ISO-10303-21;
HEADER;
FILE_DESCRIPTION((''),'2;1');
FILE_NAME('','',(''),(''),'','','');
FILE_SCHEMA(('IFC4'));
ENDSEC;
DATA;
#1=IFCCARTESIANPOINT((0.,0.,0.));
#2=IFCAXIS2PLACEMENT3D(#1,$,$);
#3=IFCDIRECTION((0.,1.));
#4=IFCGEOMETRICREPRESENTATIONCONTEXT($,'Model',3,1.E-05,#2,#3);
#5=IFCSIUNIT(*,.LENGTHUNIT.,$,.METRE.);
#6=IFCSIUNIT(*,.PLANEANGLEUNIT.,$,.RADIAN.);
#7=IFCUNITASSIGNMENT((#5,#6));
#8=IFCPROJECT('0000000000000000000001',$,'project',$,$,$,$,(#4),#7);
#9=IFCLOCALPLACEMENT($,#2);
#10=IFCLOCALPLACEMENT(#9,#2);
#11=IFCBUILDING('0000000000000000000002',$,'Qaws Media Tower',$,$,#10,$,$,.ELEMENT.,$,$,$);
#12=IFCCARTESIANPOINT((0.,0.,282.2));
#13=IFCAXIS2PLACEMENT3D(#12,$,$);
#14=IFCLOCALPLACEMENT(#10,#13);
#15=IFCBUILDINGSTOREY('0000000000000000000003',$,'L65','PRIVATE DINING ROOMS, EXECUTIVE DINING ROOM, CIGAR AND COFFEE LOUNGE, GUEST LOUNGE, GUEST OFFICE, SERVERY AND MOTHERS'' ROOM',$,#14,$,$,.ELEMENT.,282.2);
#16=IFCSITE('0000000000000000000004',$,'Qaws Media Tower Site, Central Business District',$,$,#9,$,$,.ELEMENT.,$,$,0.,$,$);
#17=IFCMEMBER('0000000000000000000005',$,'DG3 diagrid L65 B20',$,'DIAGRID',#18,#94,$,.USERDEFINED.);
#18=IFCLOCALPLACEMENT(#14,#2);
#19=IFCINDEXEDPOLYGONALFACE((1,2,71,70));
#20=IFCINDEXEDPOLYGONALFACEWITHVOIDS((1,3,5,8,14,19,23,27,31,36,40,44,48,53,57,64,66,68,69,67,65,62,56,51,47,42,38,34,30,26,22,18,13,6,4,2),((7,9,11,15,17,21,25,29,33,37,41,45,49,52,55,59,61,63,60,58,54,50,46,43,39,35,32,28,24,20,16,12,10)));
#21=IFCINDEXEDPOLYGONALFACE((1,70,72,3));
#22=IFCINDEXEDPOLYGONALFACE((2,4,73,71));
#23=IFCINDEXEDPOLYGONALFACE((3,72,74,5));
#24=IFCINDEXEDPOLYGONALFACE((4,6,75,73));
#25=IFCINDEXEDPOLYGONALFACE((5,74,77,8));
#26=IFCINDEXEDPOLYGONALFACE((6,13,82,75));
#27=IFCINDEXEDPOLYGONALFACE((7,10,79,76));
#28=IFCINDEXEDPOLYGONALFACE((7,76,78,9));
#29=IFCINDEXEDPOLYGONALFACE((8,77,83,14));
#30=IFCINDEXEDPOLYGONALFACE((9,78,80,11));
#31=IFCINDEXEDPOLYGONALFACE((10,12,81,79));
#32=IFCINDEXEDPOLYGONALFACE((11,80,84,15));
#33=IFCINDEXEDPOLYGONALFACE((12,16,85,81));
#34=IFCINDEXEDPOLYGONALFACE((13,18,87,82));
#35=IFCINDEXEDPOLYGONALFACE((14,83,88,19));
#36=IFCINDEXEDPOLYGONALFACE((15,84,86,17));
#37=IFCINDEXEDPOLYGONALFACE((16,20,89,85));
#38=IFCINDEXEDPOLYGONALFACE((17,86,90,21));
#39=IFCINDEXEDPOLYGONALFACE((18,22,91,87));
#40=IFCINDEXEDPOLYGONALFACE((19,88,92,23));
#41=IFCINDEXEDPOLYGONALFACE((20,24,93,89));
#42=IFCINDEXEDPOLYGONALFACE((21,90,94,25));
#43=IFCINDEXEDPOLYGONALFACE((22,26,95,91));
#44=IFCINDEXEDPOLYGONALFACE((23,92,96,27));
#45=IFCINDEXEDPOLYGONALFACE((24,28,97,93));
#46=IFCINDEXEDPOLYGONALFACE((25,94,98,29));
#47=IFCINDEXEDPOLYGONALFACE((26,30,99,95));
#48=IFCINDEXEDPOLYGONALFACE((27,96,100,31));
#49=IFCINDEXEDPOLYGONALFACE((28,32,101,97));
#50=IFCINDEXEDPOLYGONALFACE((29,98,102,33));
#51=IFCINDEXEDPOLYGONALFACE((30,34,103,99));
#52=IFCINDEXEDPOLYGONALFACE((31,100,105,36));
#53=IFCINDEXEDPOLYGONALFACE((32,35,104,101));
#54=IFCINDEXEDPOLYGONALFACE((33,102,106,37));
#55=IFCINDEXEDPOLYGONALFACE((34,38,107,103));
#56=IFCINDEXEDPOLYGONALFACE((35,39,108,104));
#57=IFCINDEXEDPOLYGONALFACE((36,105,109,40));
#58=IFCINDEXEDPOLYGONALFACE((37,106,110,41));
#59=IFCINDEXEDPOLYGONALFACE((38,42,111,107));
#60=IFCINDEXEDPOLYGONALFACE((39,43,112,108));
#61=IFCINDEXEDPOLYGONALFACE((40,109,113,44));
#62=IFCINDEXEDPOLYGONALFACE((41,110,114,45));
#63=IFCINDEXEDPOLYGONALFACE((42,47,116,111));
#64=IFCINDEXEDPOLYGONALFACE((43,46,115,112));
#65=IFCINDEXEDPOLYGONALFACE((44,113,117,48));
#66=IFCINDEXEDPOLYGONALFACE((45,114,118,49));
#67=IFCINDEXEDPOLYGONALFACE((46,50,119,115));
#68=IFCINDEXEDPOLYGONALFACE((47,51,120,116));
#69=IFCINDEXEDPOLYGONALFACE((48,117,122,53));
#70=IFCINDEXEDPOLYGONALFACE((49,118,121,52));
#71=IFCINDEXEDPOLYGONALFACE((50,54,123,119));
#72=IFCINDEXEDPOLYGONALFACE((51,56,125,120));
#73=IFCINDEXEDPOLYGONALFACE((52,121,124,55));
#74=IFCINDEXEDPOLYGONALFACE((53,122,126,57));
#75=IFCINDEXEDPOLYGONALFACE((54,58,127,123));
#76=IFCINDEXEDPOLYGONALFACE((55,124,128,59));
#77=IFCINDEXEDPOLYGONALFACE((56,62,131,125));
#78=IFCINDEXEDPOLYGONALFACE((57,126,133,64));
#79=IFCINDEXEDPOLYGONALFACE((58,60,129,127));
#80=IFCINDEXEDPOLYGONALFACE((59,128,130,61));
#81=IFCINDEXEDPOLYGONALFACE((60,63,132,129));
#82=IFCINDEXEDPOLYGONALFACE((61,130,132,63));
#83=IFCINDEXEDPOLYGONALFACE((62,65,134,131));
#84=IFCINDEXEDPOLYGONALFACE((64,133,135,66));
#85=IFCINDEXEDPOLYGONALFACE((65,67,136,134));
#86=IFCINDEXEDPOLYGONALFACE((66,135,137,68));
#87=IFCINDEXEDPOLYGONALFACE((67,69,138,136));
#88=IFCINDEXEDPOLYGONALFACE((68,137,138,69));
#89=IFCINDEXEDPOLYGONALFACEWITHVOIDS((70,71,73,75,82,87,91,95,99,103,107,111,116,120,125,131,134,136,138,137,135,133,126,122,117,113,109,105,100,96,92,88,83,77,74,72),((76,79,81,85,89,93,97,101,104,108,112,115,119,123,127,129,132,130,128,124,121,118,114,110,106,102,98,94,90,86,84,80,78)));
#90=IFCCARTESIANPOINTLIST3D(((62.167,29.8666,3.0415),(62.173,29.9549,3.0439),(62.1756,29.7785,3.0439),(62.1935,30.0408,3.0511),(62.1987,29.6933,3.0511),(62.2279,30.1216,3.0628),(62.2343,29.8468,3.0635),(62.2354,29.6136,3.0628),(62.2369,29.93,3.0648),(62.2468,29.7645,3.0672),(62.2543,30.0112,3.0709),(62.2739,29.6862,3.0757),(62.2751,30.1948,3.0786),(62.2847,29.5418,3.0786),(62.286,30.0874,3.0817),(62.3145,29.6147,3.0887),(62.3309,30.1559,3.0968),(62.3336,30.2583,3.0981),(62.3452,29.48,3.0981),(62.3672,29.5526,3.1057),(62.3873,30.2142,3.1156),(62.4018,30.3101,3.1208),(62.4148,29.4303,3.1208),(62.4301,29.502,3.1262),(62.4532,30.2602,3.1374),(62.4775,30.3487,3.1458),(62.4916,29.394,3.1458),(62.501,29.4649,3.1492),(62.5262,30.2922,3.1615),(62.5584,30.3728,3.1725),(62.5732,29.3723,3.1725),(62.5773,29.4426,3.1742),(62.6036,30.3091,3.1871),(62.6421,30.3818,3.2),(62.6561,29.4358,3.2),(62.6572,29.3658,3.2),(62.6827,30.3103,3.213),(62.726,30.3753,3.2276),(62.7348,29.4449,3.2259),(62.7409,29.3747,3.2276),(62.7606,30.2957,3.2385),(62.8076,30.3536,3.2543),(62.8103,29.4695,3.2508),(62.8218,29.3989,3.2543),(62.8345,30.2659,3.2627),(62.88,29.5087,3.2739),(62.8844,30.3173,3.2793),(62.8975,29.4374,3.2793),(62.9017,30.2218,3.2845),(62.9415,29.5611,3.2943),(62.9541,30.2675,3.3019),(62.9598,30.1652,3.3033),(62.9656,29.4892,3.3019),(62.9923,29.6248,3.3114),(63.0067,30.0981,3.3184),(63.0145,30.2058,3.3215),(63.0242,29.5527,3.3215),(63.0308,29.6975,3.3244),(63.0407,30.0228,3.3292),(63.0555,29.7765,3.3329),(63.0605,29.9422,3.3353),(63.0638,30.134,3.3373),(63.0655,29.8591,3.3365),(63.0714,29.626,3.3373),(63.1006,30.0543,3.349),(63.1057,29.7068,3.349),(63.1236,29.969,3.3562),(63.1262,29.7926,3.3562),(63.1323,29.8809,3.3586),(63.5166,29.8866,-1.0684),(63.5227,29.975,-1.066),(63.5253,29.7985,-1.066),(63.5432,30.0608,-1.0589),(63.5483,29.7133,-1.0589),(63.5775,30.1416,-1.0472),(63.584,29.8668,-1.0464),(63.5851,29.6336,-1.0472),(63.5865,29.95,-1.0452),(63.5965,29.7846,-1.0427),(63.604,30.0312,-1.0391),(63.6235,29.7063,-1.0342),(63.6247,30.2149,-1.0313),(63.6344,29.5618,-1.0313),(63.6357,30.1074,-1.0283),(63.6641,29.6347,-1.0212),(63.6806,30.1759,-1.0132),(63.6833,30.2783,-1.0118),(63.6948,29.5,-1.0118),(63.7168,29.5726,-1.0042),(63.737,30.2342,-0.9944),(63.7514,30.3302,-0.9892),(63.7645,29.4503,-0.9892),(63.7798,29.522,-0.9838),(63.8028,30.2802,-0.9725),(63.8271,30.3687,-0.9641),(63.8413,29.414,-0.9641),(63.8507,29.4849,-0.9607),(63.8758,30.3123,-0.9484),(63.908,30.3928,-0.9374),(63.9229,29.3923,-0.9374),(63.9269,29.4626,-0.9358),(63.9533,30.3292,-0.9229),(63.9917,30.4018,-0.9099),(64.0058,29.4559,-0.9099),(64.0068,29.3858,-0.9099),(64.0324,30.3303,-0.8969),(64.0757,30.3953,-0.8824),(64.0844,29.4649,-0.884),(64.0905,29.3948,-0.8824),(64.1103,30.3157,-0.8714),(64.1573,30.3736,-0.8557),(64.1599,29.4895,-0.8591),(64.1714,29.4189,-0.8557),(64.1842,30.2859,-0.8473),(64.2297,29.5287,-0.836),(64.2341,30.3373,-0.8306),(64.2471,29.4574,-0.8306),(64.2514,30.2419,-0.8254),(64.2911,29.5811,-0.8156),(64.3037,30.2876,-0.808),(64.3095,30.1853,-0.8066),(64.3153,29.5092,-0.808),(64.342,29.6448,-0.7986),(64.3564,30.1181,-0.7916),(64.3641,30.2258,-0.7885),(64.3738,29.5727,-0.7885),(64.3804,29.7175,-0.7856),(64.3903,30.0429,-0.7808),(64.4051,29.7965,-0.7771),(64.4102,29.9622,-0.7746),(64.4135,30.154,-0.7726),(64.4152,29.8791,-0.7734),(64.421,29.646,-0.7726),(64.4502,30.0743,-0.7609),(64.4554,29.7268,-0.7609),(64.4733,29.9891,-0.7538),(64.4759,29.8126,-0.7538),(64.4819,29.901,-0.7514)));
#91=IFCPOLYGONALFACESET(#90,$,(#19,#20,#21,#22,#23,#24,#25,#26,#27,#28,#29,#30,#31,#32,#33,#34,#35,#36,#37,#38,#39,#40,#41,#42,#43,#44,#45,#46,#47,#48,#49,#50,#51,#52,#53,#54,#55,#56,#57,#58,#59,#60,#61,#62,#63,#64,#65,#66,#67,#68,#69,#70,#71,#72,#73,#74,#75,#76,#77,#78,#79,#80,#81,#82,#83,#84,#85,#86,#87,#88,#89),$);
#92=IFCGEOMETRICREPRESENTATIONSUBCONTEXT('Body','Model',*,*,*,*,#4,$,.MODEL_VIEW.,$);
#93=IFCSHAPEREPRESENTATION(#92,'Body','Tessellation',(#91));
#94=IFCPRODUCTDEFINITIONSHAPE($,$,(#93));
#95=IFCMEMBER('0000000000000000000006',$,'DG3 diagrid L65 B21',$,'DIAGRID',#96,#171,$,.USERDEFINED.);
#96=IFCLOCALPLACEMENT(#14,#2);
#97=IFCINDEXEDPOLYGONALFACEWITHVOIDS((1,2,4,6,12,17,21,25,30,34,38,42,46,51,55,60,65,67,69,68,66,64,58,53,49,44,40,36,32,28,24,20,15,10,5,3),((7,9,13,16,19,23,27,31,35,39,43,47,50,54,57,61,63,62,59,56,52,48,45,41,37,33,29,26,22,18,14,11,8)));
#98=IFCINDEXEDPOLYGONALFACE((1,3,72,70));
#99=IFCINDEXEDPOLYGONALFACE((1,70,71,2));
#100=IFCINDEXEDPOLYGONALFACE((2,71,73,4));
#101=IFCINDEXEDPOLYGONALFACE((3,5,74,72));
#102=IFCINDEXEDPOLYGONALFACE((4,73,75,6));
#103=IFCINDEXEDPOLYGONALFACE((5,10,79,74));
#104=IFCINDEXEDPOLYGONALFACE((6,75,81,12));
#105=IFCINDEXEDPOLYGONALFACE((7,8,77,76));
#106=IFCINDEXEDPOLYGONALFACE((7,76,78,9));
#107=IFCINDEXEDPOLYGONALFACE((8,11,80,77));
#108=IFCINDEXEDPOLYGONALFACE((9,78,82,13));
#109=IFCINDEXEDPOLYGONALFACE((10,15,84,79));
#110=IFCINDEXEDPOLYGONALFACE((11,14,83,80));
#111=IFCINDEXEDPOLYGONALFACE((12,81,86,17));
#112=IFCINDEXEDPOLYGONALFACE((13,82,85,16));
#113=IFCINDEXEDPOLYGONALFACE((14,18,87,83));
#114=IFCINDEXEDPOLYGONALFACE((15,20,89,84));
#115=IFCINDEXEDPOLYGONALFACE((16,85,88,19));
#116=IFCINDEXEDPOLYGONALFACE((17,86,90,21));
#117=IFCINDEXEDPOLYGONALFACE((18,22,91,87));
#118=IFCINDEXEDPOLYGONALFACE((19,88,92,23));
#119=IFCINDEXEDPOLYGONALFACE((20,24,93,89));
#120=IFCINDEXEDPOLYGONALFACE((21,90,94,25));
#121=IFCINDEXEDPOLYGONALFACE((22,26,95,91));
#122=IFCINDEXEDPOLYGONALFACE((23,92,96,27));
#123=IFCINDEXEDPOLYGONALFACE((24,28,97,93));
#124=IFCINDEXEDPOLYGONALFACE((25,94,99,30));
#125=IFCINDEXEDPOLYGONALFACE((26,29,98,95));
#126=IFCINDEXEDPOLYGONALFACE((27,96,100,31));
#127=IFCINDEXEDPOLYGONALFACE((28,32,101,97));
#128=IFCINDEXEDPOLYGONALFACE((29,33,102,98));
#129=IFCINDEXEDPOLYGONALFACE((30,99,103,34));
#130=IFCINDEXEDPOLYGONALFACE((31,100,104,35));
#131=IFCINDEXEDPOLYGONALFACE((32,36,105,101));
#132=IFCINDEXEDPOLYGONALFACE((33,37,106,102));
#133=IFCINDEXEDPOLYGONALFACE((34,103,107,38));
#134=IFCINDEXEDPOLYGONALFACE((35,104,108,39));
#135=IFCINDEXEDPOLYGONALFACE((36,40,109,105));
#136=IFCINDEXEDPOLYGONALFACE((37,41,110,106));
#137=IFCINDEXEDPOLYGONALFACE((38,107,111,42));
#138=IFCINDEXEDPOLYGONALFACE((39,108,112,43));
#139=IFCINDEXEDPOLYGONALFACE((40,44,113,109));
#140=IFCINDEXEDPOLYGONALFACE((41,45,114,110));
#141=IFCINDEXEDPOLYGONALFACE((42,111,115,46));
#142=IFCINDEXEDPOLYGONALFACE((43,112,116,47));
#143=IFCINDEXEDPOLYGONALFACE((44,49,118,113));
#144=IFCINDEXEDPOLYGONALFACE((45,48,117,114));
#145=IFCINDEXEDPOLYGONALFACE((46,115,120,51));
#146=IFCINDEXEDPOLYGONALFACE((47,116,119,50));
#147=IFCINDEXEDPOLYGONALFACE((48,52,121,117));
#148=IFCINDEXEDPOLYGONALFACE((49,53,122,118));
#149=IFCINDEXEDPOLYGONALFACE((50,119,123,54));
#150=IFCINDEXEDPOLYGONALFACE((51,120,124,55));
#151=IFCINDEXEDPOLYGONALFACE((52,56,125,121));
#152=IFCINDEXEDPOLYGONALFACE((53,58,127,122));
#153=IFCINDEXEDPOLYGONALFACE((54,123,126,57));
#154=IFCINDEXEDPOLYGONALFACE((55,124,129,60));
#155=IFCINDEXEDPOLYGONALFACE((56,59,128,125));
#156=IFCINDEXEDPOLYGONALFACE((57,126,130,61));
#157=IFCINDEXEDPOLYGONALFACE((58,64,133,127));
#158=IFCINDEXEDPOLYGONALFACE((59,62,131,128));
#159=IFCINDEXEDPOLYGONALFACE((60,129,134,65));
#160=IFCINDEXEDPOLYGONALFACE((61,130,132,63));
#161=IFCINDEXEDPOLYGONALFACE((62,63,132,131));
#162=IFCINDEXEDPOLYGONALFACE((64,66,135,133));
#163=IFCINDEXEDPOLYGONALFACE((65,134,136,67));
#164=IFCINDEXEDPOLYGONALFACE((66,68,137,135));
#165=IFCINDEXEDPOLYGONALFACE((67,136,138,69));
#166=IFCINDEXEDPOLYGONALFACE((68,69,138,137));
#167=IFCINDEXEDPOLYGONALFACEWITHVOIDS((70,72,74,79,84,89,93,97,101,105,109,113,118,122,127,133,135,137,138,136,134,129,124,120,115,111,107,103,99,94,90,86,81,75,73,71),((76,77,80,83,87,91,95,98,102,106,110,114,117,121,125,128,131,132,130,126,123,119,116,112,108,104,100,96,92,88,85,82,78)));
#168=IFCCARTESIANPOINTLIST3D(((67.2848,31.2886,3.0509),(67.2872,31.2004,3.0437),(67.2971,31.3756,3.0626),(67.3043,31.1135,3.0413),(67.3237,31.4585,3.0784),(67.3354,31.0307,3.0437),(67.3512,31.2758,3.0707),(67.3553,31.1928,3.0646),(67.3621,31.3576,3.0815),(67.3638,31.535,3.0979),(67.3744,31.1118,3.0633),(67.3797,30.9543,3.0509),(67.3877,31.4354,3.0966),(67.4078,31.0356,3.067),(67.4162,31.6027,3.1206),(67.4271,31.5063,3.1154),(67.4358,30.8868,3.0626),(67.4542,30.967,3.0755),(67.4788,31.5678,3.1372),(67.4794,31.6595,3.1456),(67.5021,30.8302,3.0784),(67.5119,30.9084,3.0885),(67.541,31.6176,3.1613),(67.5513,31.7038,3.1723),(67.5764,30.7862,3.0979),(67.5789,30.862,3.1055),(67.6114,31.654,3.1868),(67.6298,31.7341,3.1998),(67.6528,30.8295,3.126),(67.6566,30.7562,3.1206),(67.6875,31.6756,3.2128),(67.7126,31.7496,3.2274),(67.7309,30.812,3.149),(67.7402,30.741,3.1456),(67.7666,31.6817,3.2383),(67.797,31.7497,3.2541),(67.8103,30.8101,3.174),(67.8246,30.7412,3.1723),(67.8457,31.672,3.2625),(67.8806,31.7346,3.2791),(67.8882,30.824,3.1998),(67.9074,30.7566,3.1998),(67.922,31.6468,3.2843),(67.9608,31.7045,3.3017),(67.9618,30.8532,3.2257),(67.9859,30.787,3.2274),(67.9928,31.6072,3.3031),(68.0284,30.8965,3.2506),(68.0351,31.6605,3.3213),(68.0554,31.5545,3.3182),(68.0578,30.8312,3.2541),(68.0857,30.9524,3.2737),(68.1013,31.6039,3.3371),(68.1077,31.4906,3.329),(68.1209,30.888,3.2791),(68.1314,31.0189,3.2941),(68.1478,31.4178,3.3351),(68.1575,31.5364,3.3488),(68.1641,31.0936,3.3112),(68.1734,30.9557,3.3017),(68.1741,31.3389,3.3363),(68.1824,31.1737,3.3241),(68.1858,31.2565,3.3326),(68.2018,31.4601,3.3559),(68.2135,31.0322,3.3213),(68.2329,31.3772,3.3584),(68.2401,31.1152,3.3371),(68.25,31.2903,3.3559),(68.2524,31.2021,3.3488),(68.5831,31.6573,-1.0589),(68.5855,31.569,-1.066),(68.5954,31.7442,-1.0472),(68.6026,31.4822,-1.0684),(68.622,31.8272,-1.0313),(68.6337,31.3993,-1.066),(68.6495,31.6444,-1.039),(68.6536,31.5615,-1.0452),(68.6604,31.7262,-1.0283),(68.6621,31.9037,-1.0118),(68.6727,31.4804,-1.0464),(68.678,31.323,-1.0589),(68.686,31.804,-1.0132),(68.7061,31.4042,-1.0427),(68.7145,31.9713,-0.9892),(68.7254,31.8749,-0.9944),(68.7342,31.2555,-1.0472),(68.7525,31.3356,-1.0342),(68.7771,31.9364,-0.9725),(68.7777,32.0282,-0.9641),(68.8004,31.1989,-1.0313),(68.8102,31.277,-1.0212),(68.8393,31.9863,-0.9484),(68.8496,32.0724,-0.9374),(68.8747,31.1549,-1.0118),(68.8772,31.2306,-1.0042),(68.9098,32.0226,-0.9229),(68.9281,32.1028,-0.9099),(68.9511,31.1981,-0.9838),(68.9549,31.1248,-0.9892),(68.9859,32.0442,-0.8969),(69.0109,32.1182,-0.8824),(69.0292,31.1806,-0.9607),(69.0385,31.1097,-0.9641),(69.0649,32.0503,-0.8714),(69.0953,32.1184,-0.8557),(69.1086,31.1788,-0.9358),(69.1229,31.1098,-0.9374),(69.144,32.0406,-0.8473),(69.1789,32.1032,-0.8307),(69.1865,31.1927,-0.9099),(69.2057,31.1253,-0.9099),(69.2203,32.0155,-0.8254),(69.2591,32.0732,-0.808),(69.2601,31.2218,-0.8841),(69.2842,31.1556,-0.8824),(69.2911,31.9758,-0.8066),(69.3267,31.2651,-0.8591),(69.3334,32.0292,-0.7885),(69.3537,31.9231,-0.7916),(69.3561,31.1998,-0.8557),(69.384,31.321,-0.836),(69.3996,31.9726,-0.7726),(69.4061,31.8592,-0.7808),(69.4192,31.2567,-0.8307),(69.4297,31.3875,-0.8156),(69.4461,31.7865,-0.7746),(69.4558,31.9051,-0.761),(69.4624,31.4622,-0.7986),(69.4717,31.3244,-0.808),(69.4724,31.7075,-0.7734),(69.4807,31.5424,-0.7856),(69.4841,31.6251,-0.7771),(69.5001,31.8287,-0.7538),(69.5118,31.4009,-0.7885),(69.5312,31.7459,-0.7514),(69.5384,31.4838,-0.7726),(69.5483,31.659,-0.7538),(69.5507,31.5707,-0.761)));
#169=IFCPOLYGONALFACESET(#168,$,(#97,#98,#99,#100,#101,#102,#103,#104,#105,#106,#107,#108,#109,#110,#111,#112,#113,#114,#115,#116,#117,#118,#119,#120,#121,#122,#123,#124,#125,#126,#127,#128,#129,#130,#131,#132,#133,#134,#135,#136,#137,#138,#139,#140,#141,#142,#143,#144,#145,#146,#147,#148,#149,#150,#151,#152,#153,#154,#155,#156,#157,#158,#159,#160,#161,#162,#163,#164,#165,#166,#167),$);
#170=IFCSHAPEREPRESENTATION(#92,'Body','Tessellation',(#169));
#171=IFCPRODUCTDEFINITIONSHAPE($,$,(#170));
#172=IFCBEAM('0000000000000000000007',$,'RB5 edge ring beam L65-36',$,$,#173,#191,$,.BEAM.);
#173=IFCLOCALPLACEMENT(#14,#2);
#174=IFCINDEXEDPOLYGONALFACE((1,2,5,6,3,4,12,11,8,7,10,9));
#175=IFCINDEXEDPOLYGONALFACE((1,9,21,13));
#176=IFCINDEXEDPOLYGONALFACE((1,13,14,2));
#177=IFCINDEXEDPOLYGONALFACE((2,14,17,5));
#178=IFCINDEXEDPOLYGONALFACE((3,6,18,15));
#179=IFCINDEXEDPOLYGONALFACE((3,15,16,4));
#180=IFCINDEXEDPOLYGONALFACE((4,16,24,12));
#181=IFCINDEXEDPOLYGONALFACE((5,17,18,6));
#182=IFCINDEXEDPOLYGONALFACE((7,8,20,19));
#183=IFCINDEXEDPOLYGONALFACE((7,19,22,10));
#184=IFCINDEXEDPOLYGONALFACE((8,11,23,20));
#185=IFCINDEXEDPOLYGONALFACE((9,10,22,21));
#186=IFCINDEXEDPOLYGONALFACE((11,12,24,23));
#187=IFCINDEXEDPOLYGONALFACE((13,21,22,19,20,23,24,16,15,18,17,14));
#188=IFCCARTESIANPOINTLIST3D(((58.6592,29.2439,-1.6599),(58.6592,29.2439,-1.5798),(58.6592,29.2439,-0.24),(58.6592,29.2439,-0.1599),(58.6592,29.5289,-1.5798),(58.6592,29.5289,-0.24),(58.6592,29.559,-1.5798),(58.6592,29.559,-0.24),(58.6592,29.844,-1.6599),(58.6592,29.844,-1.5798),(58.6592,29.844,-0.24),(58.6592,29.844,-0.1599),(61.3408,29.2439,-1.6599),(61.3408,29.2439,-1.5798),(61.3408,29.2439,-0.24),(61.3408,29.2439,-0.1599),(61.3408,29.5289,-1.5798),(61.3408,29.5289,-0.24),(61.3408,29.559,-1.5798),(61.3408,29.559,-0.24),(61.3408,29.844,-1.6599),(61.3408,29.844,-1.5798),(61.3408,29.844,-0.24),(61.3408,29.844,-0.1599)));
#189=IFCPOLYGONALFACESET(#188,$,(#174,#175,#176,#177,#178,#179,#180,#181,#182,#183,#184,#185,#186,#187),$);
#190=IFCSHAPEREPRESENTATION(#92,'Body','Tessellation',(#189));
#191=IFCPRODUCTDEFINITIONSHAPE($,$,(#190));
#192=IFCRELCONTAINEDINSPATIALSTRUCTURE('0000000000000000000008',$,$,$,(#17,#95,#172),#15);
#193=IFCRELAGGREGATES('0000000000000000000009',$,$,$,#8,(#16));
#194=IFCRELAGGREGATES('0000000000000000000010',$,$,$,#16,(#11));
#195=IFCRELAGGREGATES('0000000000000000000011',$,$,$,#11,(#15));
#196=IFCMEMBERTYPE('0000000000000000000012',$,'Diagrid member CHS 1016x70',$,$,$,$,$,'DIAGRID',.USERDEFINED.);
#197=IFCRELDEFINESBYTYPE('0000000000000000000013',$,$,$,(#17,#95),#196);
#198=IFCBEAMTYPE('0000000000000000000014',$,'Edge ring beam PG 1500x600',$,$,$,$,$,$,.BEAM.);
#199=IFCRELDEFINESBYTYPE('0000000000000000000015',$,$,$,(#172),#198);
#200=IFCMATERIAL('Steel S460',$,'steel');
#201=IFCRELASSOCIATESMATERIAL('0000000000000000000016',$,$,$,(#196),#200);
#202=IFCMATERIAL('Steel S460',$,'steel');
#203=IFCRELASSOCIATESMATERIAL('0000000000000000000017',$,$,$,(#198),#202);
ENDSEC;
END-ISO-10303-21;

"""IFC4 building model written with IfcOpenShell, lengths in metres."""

from ifc_helpers import new_model, si_unit, direction, frame, origin, origin_2d, place, context, subcontext, project, spatial, hollow_circle, i_section, extrude, material, material_profile, profile_set, type_object, element, save


model = new_model("IFC4")

# Units and contexts
model_context = context("Model", 3, precision=1e-05, world=origin(), true_north=direction((0.0, 1.0)))
body_context = subcontext(model_context, "Body", "Model", "MODEL_VIEW")
ifc_project = project(units=[si_unit("LENGTHUNIT", "METRE"), si_unit("PLANEANGLEUNIT", "RADIAN")], contexts=[model_context])

# Site, building, storey
site_placement = place(None, origin())
site = spatial("IfcSite", under=ifc_project, at=site_placement, Name="Qaws Media Tower Site, Central Business District", CompositionType="ELEMENT", RefElevation=0.0)
building_placement = place(site_placement, origin())
building = spatial("IfcBuilding", under=site, at=building_placement, Name="Qaws Media Tower", CompositionType="ELEMENT")
storey_placement = place(building_placement, frame((0.0, 0.0, 282.2)))
storey = spatial("IfcBuildingStorey", under=building, at=storey_placement, Name="L65", Description="PRIVATE DINING ROOMS, EXECUTIVE DINING ROOM, CIGAR AND COFFEE LOUNGE, GUEST LOUNGE, GUEST OFFICE, SERVERY AND MOTHERS' ROOM", CompositionType="ELEMENT", Elevation=282.2)

# Members
ifc_material_1 = material(Name="Steel S460", Category="steel")
ifc_material_profile_1 = material_profile(ifc_material_1, hollow_circle(Radius=0.5081, WallThickness=0.0701, at=origin_2d()), Name="CHS 1016x70")
ifc_profile_set_1 = profile_set([ifc_material_profile_1], Name="Steel S460")
member_type_1 = type_object("IfcMemberType", Name="Diagrid member CHS 1016x70", ElementType="DIAGRID", PredefinedType="USERDEFINED", material=ifc_profile_set_1)
for number, where, z_axis, x_axis, name in (
    (1, (63.9993, 29.8938, -0.9099), (-0.311988, -0.004628, 0.950075), (0.014832, -0.99989, 0.0), "DG3 diagrid L65 B20"),
):
    element("IfcMember", number, at=place(storey_placement, frame(where, z_axis=z_axis, x_axis=x_axis)), inside=storey, type_object=member_type_1, Name=name, ObjectType="DIAGRID", PredefinedType="USERDEFINED", context=body_context, shape_type="SweptSolid", body=[
        extrude(hollow_circle(Radius=0.5081, WallThickness=0.0701, at=origin_2d()), origin(), (0.0, 0.0, 1.0), 4.3259),
    ])
member_1_placement = place(storey_placement, frame((69.0669, 31.614, -0.9099), z_axis=(-0.300138, -0.085222, 0.950081), x_axis=(0.273144, -0.961973, 0.0)))
element("IfcMember", 2, at=member_1_placement, inside=storey, type_object=member_type_1, Name="DG3 diagrid L65 B21", ObjectType="DIAGRID", PredefinedType="USERDEFINED", context=body_context, shape_type="SweptSolid", body=[
    extrude(hollow_circle(Radius=0.5081, WallThickness=0.0701, at=origin_2d()), origin(), (0.0, 0.0, 1.0), 4.3257),
])

# Beam
ifc_material_2 = material(Name="Steel S460", Category="steel")
ifc_material_profile_2 = material_profile(ifc_material_2, i_section(OverallWidth=0.6001, OverallDepth=1.5, WebThickness=0.03, FlangeThickness=0.0801, at=origin_2d()), Name="PG 1500x600")
ifc_profile_set_2 = profile_set([ifc_material_profile_2], Name="Steel S460")
beam_type = type_object("IfcBeamType", Name="Edge ring beam PG 1500x600", PredefinedType="BEAM", material=ifc_profile_set_2)
beam_1_placement = place(storey_placement, frame((58.6592, 29.5439, -0.9099), z_axis=(1.0, 0.0, 0.0), x_axis=(0.0, 1.0, 0.0)))
element("IfcBeam", 3, at=beam_1_placement, inside=storey, type_object=beam_type, Name="RB5 edge ring beam L65-36", PredefinedType="BEAM", context=body_context, shape_type="SweptSolid", body=[
    extrude(i_section(OverallWidth=0.6001, OverallDepth=1.5, WebThickness=0.03, FlangeThickness=0.0801, at=origin_2d()), origin(), (0.0, 0.0, 1.0), 2.6816),
])

save(model, "model.ifc")
